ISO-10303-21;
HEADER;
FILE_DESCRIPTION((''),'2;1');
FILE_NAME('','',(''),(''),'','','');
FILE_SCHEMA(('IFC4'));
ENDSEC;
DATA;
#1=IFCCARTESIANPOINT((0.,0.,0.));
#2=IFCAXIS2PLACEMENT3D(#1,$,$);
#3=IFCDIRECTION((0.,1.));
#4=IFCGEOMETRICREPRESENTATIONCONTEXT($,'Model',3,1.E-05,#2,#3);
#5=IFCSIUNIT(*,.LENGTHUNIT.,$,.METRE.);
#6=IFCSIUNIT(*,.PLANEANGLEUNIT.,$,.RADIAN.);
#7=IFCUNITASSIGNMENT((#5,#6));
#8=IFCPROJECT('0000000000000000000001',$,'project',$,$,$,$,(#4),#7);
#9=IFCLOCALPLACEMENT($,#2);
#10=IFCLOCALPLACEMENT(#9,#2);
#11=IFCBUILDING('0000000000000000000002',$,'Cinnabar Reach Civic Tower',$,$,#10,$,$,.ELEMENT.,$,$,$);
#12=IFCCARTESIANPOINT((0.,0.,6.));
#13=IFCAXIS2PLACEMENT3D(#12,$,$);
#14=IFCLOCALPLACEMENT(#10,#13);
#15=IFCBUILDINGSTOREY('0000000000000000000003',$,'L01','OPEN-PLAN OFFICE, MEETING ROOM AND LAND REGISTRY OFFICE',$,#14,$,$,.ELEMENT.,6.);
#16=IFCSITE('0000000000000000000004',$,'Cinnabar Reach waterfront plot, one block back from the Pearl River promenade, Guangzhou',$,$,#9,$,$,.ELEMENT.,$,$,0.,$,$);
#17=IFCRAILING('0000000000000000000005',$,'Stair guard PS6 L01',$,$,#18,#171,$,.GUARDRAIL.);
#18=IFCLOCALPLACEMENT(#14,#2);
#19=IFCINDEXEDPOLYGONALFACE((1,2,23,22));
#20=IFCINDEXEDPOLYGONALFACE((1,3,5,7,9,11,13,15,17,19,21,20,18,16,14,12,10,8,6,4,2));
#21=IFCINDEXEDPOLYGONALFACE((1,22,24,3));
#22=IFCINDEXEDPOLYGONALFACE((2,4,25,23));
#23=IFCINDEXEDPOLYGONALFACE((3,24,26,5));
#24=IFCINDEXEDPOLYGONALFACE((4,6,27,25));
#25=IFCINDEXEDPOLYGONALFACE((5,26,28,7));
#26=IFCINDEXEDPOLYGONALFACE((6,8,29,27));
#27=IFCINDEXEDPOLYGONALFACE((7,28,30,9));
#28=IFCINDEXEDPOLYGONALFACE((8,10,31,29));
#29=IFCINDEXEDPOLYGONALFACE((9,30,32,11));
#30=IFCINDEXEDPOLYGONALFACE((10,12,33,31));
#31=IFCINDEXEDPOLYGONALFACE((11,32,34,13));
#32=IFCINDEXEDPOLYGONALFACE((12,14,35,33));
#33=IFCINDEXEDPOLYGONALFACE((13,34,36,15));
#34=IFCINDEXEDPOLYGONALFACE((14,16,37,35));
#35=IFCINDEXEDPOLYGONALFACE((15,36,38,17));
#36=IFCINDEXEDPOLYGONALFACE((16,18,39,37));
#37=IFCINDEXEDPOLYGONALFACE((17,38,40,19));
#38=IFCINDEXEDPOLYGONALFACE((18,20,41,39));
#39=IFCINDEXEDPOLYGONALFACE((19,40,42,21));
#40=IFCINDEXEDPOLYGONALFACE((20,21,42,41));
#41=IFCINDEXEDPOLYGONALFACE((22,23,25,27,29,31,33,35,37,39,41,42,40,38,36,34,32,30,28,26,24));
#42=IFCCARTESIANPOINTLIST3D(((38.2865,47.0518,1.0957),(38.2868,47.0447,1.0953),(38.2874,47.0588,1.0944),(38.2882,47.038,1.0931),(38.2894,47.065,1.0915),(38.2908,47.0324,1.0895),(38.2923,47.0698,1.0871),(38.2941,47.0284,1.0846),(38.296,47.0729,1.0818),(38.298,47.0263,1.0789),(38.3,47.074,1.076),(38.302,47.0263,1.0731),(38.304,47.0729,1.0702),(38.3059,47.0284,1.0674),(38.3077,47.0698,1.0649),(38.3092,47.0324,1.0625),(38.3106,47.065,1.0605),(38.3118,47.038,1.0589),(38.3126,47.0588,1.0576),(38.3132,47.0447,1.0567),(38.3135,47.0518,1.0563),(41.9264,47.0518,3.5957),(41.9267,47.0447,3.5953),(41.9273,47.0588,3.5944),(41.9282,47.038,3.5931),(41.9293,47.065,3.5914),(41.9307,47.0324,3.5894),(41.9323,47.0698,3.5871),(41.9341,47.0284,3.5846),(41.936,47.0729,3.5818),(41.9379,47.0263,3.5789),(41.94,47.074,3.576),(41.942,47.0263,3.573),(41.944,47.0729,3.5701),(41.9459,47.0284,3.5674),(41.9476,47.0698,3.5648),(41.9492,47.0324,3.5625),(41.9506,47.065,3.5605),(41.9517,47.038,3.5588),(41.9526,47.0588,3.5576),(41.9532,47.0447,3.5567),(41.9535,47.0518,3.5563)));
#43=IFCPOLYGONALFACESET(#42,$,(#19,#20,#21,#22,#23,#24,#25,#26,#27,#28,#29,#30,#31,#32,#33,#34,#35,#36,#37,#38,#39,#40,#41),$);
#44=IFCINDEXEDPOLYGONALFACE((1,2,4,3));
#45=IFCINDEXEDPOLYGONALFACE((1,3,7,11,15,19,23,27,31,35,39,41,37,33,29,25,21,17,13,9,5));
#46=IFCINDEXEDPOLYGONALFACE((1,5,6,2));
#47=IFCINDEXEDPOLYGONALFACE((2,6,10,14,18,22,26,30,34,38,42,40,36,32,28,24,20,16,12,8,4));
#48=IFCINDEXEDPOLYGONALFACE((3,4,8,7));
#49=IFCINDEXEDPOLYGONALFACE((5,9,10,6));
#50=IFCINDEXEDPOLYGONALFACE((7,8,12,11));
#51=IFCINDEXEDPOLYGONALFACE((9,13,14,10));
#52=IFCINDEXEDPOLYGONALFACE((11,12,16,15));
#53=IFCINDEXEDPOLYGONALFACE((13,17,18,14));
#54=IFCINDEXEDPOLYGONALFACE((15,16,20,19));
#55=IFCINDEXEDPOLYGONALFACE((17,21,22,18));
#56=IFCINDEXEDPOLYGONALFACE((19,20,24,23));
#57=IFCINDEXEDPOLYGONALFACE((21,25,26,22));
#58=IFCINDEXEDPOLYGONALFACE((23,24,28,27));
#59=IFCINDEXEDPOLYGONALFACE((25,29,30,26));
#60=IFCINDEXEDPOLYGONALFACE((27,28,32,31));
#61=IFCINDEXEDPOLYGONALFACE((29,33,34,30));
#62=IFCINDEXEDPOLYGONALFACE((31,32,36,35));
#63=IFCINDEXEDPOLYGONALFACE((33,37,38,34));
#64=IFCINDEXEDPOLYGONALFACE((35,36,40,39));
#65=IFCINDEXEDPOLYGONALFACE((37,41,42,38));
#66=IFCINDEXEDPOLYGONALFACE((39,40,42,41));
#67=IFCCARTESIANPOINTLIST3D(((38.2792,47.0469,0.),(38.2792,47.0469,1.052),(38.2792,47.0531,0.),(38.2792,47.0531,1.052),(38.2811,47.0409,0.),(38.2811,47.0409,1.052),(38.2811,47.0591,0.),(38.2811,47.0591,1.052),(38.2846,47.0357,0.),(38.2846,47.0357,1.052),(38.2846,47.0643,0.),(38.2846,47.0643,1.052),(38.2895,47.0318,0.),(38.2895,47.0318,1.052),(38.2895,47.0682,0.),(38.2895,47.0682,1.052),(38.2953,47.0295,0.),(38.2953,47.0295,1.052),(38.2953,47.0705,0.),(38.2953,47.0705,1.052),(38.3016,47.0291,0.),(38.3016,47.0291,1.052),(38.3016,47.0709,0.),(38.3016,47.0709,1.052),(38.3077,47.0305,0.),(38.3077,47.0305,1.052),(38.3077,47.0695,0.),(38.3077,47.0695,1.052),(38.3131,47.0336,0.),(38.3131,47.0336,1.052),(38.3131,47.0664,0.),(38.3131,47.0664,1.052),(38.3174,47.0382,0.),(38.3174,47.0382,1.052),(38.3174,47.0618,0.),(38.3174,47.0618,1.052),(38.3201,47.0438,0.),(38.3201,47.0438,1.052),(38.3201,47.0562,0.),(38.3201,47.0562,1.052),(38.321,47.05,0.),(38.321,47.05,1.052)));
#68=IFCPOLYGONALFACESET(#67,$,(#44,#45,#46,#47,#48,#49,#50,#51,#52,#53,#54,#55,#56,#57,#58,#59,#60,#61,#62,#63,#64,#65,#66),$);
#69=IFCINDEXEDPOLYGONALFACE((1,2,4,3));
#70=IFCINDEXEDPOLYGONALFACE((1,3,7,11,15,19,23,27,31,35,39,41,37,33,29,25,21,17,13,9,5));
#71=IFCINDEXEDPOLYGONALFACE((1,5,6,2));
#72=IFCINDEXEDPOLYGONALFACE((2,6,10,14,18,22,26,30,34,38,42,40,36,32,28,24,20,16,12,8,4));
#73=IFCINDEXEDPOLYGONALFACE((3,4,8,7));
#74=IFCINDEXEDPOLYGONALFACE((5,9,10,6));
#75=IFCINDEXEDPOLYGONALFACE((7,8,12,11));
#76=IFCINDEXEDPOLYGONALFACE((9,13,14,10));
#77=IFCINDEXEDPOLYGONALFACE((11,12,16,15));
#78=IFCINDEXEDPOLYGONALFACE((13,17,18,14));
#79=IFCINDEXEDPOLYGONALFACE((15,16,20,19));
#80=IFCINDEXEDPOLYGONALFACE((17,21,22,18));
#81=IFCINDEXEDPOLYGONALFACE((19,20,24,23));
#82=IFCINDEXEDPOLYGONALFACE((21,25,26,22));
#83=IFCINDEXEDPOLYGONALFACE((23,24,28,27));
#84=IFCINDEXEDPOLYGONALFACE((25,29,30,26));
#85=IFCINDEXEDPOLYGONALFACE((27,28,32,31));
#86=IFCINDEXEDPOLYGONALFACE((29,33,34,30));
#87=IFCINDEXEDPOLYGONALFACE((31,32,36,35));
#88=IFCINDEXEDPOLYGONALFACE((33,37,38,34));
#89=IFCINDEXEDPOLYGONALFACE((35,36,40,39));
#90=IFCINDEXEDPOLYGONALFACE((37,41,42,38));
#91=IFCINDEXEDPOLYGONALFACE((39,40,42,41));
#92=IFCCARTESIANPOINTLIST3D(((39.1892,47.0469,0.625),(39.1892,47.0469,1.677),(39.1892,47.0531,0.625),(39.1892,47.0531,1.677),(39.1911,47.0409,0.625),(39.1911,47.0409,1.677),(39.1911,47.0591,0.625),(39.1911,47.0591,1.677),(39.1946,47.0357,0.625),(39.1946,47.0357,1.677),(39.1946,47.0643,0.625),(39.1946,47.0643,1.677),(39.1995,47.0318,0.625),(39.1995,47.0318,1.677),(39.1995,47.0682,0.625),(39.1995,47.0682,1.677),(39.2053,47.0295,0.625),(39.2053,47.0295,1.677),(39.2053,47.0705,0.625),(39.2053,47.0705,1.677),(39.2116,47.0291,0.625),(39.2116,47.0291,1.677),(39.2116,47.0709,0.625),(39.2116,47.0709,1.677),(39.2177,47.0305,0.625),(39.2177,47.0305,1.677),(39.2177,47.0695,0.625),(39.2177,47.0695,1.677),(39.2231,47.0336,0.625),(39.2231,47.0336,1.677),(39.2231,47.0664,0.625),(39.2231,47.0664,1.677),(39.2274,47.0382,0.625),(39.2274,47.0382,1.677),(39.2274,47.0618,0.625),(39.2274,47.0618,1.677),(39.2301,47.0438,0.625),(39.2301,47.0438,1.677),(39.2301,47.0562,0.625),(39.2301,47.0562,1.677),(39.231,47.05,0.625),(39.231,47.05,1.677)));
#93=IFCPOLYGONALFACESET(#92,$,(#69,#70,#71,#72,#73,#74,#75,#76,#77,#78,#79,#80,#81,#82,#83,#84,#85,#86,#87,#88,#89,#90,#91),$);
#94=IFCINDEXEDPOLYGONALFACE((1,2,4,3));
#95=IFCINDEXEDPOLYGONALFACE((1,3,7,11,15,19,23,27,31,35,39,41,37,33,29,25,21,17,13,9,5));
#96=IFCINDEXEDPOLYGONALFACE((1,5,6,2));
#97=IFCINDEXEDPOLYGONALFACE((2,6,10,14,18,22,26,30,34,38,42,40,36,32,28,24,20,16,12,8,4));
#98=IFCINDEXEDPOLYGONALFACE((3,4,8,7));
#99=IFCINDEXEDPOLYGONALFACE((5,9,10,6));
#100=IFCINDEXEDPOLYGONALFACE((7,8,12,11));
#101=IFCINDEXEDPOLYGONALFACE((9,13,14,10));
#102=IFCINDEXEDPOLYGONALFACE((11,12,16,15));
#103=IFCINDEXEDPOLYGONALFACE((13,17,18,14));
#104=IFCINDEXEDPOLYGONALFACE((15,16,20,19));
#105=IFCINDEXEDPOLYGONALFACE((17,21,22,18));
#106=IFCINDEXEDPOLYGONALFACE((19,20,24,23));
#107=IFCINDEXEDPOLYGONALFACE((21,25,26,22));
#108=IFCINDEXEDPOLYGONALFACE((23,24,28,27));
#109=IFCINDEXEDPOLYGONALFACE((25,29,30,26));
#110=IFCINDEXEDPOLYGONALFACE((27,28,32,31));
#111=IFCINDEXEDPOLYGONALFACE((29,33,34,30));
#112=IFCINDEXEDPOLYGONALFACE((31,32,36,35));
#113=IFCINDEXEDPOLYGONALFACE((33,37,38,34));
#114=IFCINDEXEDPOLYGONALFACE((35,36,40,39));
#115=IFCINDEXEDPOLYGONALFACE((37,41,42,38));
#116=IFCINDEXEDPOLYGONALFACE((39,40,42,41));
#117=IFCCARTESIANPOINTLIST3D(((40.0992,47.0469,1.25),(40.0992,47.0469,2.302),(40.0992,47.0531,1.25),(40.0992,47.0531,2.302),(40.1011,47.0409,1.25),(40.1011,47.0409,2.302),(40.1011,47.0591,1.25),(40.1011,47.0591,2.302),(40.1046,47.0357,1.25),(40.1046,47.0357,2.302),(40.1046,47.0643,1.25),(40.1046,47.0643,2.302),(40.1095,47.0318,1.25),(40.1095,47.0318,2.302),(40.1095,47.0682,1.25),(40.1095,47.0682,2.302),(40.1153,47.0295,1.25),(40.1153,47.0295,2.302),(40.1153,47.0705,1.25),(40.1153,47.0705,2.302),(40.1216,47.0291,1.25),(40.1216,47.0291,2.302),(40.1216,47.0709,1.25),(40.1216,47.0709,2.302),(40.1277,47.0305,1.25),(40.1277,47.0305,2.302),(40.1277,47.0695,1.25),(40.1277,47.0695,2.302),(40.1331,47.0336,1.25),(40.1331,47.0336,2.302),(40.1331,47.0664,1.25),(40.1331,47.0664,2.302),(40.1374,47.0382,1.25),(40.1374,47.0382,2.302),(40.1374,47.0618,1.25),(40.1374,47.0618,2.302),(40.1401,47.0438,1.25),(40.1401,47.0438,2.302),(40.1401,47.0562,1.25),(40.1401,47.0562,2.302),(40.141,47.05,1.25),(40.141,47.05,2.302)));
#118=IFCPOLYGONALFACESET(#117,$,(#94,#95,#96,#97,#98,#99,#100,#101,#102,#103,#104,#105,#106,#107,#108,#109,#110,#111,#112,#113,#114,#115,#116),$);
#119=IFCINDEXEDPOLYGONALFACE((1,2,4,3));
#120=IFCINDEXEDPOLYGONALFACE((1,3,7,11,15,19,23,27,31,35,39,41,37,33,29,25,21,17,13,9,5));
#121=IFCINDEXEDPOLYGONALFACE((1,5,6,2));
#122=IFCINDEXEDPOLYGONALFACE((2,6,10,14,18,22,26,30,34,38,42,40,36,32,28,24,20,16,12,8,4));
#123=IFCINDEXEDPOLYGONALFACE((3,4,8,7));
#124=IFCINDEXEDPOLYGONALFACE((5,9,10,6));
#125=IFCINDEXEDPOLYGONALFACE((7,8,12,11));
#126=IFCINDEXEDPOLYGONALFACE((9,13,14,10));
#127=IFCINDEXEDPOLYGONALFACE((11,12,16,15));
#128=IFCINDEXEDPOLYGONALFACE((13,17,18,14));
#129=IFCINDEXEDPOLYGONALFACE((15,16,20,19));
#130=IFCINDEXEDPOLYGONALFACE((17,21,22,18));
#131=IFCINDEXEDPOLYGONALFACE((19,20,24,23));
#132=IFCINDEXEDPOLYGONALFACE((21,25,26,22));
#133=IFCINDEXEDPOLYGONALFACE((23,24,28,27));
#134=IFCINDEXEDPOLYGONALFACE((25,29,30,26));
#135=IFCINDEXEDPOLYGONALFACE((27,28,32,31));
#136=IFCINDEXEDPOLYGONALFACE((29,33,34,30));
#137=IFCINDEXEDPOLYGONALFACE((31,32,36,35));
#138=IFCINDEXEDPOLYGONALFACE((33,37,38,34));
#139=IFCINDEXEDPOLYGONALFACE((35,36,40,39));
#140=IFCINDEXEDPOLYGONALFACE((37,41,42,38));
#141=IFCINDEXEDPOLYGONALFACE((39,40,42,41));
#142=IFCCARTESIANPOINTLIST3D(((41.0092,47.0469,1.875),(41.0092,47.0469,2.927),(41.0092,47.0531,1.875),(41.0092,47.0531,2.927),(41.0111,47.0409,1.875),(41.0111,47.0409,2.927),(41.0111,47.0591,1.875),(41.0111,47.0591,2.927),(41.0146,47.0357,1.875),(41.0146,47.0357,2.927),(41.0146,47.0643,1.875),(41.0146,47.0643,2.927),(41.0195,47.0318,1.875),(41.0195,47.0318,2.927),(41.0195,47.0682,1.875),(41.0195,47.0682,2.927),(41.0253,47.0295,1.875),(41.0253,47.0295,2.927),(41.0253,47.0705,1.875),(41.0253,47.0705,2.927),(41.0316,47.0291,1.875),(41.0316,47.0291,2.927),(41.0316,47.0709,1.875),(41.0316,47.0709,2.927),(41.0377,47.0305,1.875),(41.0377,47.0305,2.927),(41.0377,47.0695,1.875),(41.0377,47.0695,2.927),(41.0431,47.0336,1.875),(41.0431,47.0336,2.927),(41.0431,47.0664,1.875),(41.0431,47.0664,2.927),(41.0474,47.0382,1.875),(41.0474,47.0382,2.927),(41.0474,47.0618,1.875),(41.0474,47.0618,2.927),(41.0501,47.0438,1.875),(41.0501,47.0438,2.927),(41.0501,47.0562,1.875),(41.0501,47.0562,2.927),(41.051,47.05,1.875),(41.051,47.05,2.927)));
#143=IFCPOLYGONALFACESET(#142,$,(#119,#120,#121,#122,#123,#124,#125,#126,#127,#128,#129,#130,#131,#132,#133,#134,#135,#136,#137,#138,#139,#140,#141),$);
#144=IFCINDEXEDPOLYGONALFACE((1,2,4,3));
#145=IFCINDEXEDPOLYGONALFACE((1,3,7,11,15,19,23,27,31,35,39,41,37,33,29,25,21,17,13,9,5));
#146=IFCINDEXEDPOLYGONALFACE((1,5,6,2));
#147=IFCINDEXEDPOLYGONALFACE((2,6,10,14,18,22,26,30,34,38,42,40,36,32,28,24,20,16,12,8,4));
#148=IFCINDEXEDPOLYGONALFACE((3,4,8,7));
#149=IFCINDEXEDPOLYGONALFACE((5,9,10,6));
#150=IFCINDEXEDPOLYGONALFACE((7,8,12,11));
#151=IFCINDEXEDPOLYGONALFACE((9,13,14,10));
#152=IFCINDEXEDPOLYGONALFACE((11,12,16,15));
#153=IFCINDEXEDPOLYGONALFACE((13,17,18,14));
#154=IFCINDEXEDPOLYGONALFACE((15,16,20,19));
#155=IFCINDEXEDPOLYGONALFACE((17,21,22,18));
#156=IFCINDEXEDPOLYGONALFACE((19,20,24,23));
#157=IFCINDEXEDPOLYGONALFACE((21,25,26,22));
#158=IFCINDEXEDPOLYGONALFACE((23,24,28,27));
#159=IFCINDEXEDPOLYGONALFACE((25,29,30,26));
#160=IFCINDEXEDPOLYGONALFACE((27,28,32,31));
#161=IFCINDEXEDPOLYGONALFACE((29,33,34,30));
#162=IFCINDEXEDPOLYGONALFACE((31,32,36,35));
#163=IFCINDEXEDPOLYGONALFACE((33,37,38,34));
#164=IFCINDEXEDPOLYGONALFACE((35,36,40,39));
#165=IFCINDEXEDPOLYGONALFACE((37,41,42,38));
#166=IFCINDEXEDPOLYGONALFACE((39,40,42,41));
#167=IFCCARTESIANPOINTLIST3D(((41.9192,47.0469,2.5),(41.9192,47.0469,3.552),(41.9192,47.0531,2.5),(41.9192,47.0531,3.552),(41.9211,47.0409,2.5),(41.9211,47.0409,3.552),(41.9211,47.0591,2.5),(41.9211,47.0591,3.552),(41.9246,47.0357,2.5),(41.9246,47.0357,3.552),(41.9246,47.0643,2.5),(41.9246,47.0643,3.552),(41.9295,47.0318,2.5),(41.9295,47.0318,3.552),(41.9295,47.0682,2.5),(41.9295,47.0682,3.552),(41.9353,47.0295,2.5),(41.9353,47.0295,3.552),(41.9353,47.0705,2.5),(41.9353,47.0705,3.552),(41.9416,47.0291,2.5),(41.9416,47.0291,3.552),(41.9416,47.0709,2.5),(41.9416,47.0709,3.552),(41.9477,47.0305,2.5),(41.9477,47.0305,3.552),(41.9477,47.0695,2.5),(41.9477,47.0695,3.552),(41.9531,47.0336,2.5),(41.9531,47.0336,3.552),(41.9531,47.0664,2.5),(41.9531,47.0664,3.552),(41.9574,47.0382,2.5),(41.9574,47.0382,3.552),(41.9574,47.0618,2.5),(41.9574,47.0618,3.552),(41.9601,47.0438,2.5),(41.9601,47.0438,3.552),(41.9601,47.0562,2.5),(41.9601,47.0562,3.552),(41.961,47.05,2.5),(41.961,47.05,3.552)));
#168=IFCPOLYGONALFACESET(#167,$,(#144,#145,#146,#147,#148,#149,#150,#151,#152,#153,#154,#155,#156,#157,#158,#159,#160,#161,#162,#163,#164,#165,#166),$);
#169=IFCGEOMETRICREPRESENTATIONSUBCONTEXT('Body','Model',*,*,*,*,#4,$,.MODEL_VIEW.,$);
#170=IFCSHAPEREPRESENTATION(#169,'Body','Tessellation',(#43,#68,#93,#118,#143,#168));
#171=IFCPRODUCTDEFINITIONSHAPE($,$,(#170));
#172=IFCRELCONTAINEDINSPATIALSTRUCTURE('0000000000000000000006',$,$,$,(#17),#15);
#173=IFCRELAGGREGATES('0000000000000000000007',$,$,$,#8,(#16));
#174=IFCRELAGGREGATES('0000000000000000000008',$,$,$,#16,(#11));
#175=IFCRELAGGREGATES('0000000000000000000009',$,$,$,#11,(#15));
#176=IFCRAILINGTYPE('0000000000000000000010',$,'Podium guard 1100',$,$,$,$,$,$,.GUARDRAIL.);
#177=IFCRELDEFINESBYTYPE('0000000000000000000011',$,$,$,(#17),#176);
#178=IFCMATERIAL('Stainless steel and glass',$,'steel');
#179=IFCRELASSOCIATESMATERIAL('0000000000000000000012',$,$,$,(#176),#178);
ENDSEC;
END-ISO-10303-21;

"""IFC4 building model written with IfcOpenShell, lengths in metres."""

from ifc_helpers import new_model, si_unit, direction, frame, origin, origin_2d, place, context, subcontext, project, spatial, circle, extrude, material, type_object, element, save


model = new_model("IFC4")

# Units and contexts
model_context = context("Model", 3, precision=1e-05, world=origin(), true_north=direction((0.0, 1.0)))
body_context = subcontext(model_context, "Body", "Model", "MODEL_VIEW")
ifc_project = project(units=[si_unit("LENGTHUNIT", "METRE"), si_unit("PLANEANGLEUNIT", "RADIAN")], contexts=[model_context])

# Site, building, storey
site_placement = place(None, origin())
site = spatial("IfcSite", under=ifc_project, at=site_placement, Name="Cinnabar Reach waterfront plot, one block back from the Pearl River promenade, Guangzhou", CompositionType="ELEMENT", RefElevation=0.0)
building_placement = place(site_placement, origin())
building = spatial("IfcBuilding", under=site, at=building_placement, Name="Cinnabar Reach Civic Tower", CompositionType="ELEMENT")
storey_placement = place(building_placement, frame((0.0, 0.0, 6.0)))
storey = spatial("IfcBuildingStorey", under=building, at=storey_placement, Name="L01", Description="OPEN-PLAN OFFICE, MEETING ROOM AND LAND REGISTRY OFFICE", CompositionType="ELEMENT", Elevation=6.0)

# Railing
ifc_material_1 = material(Name="Stainless steel and glass", Category="steel")
railing_type = type_object("IfcRailingType", Name="Podium guard 1100", PredefinedType="GUARDRAIL", material=ifc_material_1)
railing_1_placement = place(storey_placement, frame((38.3, 47.05, 0.0)))
element("IfcRailing", 1, at=railing_1_placement, inside=storey, type_object=railing_type, Name="Stair guard PS6 L01", PredefinedType="GUARDRAIL", context=body_context, shape_type="SweptSolid", body=[
    extrude(circle(Radius=0.024, at=origin_2d()), frame((0.0, 0.0, 1.076), z_axis=(0.824306, 0.0, 0.566144), x_axis=(0.0, 1.0, 0.0)), (0.0, 0.0, 1.0), 4.4158),
    extrude(circle(Radius=0.021, at=origin_2d()), origin(), (0.0, 0.0, 1.0), 1.052),
    extrude(circle(Radius=0.021, at=origin_2d()), frame((0.91, 0.0, 0.625)), (0.0, 0.0, 1.0), 1.052),
    extrude(circle(Radius=0.021, at=origin_2d()), frame((1.82, 0.0, 1.25)), (0.0, 0.0, 1.0), 1.052),
    extrude(circle(Radius=0.021, at=origin_2d()), frame((2.73, 0.0, 1.875)), (0.0, 0.0, 1.0), 1.052),
    extrude(circle(Radius=0.021, at=origin_2d()), frame((3.64, 0.0, 2.5)), (0.0, 0.0, 1.0), 1.052),
])

save(model, "model.ifc")
